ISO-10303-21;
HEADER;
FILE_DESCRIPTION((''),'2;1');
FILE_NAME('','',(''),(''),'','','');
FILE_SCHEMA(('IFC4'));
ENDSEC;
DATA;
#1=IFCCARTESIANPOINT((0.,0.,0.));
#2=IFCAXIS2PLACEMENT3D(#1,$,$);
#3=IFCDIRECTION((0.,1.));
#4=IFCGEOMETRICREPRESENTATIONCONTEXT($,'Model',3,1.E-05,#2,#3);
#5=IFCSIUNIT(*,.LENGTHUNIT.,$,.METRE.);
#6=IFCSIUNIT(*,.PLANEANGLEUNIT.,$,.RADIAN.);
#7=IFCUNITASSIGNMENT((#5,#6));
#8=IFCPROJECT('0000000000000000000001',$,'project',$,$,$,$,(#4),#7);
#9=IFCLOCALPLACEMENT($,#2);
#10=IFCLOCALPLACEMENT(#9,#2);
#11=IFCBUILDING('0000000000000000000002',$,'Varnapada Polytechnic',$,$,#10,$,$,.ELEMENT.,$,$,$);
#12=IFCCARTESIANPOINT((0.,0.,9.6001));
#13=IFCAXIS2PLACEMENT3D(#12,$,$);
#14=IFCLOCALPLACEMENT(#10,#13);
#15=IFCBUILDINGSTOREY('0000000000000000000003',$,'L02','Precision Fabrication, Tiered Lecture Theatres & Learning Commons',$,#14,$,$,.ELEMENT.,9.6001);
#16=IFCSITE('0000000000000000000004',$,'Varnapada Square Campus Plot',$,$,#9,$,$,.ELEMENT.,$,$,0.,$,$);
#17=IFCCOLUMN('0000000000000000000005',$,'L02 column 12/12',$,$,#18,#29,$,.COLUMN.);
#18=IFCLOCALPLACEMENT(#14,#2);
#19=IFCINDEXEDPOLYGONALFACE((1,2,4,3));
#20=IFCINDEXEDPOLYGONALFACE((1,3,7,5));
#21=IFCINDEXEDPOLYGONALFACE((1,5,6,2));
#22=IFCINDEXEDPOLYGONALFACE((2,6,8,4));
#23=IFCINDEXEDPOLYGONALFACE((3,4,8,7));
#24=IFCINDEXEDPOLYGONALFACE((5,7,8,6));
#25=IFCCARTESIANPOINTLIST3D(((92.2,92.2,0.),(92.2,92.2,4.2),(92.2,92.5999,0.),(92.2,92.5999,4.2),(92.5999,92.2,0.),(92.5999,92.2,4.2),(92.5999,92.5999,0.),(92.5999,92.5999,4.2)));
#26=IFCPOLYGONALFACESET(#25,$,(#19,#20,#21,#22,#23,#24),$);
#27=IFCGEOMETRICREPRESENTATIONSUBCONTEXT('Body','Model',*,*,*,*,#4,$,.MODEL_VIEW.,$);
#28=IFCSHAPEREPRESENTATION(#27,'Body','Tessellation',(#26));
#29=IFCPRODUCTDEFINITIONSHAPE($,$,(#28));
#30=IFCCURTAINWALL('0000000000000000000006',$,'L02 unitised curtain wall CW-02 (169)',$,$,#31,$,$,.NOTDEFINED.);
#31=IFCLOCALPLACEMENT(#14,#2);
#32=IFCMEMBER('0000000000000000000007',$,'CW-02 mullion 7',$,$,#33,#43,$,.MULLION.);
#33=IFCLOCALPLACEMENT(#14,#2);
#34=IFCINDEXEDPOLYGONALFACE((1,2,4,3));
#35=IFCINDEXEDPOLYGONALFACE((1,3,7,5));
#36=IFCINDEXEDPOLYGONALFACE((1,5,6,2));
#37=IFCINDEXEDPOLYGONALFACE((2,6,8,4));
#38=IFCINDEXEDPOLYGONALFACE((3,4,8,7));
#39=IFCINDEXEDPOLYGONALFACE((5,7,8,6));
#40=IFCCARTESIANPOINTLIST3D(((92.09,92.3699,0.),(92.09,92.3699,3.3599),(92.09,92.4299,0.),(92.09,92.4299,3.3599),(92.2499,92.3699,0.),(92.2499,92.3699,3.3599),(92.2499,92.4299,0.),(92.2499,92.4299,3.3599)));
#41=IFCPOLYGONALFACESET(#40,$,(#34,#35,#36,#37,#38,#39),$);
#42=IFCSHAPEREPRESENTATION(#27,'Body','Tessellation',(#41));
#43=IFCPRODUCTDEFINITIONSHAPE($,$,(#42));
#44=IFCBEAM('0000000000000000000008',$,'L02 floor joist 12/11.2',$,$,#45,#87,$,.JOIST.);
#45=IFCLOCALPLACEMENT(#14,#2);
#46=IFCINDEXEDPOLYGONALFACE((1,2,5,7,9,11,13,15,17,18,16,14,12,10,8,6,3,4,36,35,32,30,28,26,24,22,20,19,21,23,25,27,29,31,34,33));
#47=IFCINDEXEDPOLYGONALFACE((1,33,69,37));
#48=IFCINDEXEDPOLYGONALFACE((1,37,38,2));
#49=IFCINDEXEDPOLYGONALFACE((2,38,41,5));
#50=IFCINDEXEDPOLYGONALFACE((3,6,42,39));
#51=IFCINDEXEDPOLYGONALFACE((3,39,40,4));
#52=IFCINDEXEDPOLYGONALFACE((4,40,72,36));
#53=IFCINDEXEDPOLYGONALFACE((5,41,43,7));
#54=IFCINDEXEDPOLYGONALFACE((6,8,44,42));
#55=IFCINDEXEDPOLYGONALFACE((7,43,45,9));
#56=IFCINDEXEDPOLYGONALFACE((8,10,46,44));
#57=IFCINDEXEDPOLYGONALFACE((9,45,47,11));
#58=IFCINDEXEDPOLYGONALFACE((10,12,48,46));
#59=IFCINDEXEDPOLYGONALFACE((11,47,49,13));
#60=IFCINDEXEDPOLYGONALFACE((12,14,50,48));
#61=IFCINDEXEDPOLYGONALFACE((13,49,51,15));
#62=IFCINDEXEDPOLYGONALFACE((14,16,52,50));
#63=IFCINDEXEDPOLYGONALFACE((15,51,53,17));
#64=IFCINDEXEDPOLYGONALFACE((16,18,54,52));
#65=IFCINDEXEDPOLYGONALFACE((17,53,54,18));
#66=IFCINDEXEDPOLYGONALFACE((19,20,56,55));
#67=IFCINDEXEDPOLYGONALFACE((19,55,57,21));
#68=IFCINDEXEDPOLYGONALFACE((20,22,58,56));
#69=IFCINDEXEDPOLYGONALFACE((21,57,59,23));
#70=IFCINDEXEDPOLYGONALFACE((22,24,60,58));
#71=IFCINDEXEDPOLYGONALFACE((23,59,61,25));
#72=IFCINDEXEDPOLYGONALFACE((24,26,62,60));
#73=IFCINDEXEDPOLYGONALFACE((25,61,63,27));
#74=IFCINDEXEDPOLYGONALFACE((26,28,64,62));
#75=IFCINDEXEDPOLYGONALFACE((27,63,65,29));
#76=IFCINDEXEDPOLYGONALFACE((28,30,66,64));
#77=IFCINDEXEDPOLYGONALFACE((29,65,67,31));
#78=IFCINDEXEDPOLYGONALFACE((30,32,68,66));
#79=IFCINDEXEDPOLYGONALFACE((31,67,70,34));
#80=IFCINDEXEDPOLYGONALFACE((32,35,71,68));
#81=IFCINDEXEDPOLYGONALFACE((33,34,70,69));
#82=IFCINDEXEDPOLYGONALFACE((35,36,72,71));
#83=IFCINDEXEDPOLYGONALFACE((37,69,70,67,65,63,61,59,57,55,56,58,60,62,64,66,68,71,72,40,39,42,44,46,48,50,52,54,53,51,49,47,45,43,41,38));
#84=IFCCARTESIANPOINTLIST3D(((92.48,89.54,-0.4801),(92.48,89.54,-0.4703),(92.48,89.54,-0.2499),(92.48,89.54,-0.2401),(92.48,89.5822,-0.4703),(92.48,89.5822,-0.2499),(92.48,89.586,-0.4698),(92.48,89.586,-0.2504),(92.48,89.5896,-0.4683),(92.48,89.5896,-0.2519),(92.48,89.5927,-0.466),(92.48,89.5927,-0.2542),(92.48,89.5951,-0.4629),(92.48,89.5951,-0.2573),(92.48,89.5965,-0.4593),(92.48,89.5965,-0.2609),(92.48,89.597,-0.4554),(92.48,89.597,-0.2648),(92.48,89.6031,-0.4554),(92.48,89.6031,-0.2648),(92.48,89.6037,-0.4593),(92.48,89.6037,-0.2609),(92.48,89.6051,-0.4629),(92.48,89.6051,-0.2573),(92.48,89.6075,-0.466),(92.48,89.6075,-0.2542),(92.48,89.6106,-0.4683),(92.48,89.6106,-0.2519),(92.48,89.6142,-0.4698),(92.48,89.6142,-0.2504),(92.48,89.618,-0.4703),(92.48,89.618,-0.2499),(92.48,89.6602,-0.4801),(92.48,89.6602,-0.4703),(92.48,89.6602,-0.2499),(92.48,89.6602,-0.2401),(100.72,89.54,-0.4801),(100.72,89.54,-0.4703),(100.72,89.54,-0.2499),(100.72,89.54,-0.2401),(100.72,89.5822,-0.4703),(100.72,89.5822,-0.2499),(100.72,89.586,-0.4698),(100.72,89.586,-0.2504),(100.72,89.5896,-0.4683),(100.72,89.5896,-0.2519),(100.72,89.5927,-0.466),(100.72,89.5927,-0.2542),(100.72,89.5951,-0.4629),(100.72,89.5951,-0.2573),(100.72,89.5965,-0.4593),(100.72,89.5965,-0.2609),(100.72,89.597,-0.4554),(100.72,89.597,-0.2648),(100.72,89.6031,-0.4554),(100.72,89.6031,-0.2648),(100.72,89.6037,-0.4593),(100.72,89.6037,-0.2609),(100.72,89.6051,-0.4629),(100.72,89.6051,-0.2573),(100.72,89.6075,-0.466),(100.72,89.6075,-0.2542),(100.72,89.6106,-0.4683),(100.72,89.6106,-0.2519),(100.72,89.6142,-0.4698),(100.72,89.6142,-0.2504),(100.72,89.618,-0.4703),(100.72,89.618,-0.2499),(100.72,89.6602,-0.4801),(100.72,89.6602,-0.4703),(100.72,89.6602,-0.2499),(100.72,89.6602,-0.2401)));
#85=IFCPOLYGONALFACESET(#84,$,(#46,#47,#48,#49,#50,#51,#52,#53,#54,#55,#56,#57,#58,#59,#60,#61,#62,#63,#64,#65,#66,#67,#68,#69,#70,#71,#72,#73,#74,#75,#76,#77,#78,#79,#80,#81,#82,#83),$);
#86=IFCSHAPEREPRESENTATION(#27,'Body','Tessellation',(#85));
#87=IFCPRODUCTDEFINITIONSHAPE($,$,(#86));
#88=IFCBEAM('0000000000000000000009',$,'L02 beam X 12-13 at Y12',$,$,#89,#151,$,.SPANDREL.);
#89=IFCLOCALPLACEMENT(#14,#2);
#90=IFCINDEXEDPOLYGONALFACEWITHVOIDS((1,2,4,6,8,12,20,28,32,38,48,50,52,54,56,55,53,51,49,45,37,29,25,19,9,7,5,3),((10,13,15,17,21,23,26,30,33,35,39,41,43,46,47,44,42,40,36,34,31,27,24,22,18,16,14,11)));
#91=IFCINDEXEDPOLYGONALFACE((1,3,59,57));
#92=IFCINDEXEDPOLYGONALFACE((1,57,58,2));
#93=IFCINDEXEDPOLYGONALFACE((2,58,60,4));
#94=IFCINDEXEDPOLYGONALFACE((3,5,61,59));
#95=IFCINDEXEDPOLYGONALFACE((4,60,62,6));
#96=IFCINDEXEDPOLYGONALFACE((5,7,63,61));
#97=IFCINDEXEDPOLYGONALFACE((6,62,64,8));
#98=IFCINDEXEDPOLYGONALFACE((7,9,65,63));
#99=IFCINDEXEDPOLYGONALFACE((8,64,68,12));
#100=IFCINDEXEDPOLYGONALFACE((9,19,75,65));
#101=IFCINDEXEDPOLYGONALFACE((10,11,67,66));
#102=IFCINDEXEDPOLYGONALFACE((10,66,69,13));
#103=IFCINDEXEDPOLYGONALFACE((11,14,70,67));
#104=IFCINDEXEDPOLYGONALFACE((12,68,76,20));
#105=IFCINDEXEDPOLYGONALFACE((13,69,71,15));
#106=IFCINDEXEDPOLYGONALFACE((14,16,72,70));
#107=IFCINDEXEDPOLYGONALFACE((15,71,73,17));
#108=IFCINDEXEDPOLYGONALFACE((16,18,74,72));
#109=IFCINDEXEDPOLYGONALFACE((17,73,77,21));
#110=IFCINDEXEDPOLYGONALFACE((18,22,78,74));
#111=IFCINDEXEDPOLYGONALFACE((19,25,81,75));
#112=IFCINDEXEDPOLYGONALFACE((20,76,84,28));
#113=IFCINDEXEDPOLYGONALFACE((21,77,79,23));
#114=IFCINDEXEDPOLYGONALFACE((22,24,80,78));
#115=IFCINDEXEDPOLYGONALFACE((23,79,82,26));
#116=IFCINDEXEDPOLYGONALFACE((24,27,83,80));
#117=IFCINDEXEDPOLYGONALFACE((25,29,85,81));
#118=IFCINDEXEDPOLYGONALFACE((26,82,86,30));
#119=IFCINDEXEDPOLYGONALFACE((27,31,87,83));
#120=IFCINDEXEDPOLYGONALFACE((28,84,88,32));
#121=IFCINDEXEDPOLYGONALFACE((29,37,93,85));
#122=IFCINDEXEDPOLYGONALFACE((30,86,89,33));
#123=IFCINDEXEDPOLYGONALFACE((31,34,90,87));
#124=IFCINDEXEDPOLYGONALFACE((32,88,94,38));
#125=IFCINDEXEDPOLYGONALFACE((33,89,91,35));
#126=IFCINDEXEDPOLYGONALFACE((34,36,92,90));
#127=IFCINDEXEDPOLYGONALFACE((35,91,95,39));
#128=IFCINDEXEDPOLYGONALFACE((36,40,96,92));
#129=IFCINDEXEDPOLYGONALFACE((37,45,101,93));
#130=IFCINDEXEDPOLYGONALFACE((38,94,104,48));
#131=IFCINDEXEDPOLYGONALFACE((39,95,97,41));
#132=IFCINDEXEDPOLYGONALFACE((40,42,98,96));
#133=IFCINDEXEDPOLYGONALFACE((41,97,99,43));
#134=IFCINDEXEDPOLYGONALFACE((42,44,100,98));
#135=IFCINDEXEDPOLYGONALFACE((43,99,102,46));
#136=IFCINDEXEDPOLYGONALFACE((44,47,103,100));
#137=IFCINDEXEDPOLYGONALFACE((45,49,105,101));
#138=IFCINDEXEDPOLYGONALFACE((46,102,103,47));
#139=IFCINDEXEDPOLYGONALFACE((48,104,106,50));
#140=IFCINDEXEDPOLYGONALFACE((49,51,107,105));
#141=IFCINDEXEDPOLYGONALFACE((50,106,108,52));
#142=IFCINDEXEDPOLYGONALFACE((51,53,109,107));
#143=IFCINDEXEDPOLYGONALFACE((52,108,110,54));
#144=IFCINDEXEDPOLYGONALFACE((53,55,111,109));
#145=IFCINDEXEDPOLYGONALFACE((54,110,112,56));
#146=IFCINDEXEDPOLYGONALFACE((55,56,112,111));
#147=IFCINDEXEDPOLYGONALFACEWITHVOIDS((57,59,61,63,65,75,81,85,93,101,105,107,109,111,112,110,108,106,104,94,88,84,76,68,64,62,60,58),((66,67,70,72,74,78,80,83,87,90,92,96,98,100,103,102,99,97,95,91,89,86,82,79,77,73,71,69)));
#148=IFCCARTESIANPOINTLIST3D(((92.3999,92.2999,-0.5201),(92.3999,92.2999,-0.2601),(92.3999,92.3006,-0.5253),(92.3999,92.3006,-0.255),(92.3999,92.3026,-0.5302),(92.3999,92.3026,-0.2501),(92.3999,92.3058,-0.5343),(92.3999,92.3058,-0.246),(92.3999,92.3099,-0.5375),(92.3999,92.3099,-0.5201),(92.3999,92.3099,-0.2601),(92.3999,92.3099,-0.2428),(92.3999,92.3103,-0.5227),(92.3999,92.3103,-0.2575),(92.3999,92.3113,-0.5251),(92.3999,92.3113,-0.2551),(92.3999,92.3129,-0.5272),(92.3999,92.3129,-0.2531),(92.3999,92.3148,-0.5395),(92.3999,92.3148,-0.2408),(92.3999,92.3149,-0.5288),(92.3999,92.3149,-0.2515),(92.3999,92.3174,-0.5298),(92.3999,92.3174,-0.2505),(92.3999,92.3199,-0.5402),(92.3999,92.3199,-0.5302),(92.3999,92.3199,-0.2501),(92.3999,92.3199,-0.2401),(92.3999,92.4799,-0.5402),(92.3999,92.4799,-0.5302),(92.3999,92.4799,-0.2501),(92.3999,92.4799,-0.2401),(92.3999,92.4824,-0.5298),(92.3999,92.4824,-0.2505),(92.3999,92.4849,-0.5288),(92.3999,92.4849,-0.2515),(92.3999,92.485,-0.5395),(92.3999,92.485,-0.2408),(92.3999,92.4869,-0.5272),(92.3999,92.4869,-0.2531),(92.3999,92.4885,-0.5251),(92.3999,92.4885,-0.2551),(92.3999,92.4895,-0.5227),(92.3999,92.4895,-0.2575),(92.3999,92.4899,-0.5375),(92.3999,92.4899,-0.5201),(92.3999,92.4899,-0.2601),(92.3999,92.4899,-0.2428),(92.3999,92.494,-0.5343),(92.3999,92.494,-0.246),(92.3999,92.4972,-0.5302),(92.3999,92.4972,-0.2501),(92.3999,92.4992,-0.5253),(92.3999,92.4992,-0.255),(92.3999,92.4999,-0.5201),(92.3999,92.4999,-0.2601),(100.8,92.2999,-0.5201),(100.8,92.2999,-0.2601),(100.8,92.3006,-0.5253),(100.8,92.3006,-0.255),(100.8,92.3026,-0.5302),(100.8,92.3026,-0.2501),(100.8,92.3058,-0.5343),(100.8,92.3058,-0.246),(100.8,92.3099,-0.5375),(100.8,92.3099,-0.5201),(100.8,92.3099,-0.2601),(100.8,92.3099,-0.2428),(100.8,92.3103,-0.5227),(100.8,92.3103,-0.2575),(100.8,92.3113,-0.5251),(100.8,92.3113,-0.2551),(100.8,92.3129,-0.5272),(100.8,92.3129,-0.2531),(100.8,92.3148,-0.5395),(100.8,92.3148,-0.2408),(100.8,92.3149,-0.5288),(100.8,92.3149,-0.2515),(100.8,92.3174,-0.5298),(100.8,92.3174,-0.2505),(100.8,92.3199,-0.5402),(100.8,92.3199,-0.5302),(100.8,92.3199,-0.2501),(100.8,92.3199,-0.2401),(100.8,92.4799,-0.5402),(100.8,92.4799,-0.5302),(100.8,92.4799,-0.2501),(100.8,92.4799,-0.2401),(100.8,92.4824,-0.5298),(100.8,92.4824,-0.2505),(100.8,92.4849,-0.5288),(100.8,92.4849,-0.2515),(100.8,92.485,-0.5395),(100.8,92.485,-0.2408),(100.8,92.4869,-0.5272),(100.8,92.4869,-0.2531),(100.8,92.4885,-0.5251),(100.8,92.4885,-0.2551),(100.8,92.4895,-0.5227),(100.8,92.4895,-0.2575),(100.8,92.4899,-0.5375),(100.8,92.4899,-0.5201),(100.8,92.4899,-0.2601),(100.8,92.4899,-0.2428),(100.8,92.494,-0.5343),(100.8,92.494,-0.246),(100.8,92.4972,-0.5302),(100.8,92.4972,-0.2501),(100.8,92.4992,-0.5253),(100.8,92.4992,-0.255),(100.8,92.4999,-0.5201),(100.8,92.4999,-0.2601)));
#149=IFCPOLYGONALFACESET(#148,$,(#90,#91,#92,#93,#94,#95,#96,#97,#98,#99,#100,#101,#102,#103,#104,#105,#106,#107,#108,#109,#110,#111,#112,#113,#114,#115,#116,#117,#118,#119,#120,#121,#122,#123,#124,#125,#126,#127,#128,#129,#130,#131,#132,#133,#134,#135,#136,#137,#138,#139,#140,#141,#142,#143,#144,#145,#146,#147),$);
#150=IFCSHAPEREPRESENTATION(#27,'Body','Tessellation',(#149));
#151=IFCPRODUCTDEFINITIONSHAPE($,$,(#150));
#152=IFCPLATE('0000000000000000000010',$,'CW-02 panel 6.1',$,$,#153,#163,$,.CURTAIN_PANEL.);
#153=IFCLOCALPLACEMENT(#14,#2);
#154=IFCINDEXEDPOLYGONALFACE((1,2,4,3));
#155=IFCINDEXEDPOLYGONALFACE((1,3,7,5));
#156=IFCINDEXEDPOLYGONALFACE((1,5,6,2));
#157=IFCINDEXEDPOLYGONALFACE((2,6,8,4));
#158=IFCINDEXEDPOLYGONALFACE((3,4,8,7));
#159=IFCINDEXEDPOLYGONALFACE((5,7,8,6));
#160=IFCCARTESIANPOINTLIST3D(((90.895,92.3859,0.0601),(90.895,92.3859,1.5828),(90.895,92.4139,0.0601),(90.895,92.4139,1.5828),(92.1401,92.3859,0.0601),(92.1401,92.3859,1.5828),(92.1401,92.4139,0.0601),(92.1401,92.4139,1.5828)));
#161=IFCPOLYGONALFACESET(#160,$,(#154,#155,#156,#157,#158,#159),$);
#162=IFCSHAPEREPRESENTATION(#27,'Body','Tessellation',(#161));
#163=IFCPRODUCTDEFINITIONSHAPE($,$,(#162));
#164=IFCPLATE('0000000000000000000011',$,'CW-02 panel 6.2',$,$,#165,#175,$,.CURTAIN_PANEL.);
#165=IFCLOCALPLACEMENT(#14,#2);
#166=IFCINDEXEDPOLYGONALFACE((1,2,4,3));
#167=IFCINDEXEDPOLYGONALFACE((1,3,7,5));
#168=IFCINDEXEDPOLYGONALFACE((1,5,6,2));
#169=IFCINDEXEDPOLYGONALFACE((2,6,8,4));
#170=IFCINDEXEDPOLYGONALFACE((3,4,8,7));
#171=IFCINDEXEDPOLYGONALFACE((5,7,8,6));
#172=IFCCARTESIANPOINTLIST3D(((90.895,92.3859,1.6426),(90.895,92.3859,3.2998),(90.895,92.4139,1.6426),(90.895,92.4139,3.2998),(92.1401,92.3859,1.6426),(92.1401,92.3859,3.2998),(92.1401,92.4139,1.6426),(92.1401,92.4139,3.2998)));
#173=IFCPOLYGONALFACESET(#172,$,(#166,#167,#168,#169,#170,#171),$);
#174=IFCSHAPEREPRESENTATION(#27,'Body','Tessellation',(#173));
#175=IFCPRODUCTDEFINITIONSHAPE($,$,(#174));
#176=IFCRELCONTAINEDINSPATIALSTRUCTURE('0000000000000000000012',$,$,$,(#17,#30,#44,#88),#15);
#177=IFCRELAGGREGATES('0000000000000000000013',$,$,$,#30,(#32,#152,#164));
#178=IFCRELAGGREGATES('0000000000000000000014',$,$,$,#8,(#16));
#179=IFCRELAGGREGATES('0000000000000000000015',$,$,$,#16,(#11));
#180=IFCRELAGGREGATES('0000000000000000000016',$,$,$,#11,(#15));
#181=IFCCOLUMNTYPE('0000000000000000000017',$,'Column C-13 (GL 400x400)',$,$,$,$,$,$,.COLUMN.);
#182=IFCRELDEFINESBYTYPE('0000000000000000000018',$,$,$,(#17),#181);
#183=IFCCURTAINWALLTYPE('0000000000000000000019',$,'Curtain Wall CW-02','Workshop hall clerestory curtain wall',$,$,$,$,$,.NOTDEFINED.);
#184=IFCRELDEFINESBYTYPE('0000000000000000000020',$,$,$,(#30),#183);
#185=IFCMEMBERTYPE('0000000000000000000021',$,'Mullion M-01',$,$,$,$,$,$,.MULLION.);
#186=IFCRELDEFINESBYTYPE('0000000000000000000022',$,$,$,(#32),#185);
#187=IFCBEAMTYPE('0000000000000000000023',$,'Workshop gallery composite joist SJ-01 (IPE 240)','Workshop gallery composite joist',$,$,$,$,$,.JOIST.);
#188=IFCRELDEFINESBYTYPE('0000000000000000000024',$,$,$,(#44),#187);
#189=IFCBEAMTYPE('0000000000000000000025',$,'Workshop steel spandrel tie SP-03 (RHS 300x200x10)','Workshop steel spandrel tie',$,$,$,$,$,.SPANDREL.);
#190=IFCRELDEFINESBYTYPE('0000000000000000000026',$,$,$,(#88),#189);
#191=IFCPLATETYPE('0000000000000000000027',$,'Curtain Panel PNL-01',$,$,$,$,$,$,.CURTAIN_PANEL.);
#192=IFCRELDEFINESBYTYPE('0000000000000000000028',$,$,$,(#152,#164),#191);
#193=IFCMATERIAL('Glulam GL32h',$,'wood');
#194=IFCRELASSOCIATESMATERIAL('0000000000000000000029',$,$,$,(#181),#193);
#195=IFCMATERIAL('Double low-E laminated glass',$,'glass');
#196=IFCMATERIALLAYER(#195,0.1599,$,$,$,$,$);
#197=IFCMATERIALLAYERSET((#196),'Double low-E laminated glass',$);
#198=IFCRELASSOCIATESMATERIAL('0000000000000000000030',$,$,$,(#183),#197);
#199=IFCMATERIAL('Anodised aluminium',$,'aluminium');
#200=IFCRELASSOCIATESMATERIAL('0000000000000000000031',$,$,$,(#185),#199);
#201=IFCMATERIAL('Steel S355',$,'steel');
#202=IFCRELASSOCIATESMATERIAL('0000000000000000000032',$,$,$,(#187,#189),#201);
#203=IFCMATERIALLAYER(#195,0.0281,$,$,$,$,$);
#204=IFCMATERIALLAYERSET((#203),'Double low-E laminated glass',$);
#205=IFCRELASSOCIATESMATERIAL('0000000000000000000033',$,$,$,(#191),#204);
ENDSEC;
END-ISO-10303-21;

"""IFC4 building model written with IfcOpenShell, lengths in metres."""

from ifc_helpers import new_model, si_unit, direction, frame, origin, origin_2d, place, context, subcontext, project, spatial, rectangle, hollow_rectangle, i_section, extrude, material, layer, layer_set, material_profile, profile_set, type_object, element, aggregate, save


model = new_model("IFC4")

# Units and contexts
model_context = context("Model", 3, precision=1e-05, world=origin(), true_north=direction((0.0, 1.0)))
body_context = subcontext(model_context, "Body", "Model", "MODEL_VIEW")
ifc_project = project(units=[si_unit("LENGTHUNIT", "METRE"), si_unit("PLANEANGLEUNIT", "RADIAN")], contexts=[model_context])

# Site, building, storey
site_placement = place(None, origin())
site = spatial("IfcSite", under=ifc_project, at=site_placement, Name="Varnapada Square Campus Plot", CompositionType="ELEMENT", RefElevation=0.0)
building_placement = place(site_placement, origin())
building = spatial("IfcBuilding", under=site, at=building_placement, Name="Varnapada Polytechnic", CompositionType="ELEMENT")
storey_placement = place(building_placement, frame((0.0, 0.0, 9.6001)))
storey = spatial("IfcBuildingStorey", under=building, at=storey_placement, Name="L02", Description="Precision Fabrication, Tiered Lecture Theatres & Learning Commons", CompositionType="ELEMENT", Elevation=9.6001)

# Column
ifc_material_1 = material(Name="Glulam GL32h", Category="wood")
ifc_material_profile_1 = material_profile(ifc_material_1, rectangle(XDim=0.3999, YDim=0.3999, at=origin_2d()), Name="GL 400x400")
ifc_profile_set_1 = profile_set([ifc_material_profile_1], Name="Glulam GL32h")
column_type = type_object("IfcColumnType", Name="Column C-13 (GL 400x400)", PredefinedType="COLUMN", material=ifc_profile_set_1)
column_placement = place(storey_placement, frame((92.3999, 92.3999, 0.0), z_axis=(0.0, 0.0, 1.0), x_axis=(1.0, 0.0, 0.0)))
element("IfcColumn", 1, at=column_placement, inside=storey, type_object=column_type, Name="L02 column 12/12", PredefinedType="COLUMN", context=body_context, shape_type="SweptSolid", body=[
    extrude(rectangle(XDim=0.3999, YDim=0.3999, at=origin_2d()), origin(), (0.0, 0.0, 1.0), 4.2),
])

# Curtain wall, member
ifc_material_2 = material(Name="Double low-E laminated glass", Category="glass")
ifc_layer_1 = layer(ifc_material_2, 0.1599)
ifc_layer_set_1 = layer_set([ifc_layer_1], Name="Double low-E laminated glass")
curtain_wall_type = type_object("IfcCurtainWallType", Name="Curtain Wall CW-02", Description="Workshop hall clerestory curtain wall", PredefinedType="NOTDEFINED", material=ifc_layer_set_1)
curtain_wall_placement = place(storey_placement, origin())
curtain_wall = element("IfcCurtainWall", 2, at=curtain_wall_placement, inside=storey, type_object=curtain_wall_type, Name="L02 unitised curtain wall CW-02 (169)", PredefinedType="NOTDEFINED")
ifc_material_3 = material(Name="Anodised aluminium", Category="aluminium")
ifc_material_profile_2 = material_profile(ifc_material_3, rectangle(XDim=0.0601, YDim=0.1599, at=origin_2d()), Name="ALU M60x160")
ifc_profile_set_2 = profile_set([ifc_material_profile_2], Name="Anodised aluminium")
member_type = type_object("IfcMemberType", Name="Mullion M-01", PredefinedType="MULLION", material=ifc_profile_set_2)
member_placement = place(storey_placement, frame((92.1699, 92.3999, 0.0), z_axis=(0.0, 0.0, 1.0), x_axis=(0.0, 1.0, 0.0)))
member = element("IfcMember", 3, at=member_placement, type_object=member_type, Name="CW-02 mullion 7", PredefinedType="MULLION", context=body_context, shape_type="SweptSolid", body=[
    extrude(rectangle(XDim=0.0601, YDim=0.1599, at=origin_2d()), origin(), (0.0, 0.0, 1.0), 3.3599),
])

# Beams
ifc_material_4 = material(Name="Steel S355", Category="steel")
ifc_material_profile_3 = material_profile(ifc_material_4, i_section(OverallWidth=0.1201, OverallDepth=0.24, WebThickness=0.0061, FlangeThickness=0.0098, FilletRadius=0.0149, at=origin_2d()), Name="IPE 240")
ifc_profile_set_3 = profile_set([ifc_material_profile_3], Name="Steel S355")
beam_type_1 = type_object("IfcBeamType", Name="Workshop gallery composite joist SJ-01 (IPE 240)", Description="Workshop gallery composite joist", PredefinedType="JOIST", material=ifc_profile_set_3)
beam_1_placement = place(storey_placement, frame((92.48, 89.6001, -0.3601), z_axis=(1.0, 0.0, 0.0), x_axis=(0.0, 1.0, 0.0)))
element("IfcBeam", 4, at=beam_1_placement, inside=storey, type_object=beam_type_1, Name="L02 floor joist 12/11.2", PredefinedType="JOIST", context=body_context, shape_type="SweptSolid", body=[
    extrude(i_section(OverallWidth=0.1201, OverallDepth=0.24, WebThickness=0.0061, FlangeThickness=0.0098, FilletRadius=0.0149, at=origin_2d()), origin(), (0.0, 0.0, 1.0), 8.24),
])
ifc_material_profile_4 = material_profile(ifc_material_4, hollow_rectangle(XDim=0.2, YDim=0.3, WallThickness=0.01, InnerFilletRadius=0.01, OuterFilletRadius=0.02, at=origin_2d()), Name="RHS 300x200x10")
ifc_profile_set_4 = profile_set([ifc_material_profile_4], Name="Steel S355")
beam_type_2 = type_object("IfcBeamType", Name="Workshop steel spandrel tie SP-03 (RHS 300x200x10)", Description="Workshop steel spandrel tie", PredefinedType="SPANDREL", material=ifc_profile_set_4)
beam_2_placement = place(storey_placement, frame((92.3999, 92.3999, -0.3901), z_axis=(1.0, 0.0, 0.0), x_axis=(0.0, 1.0, 0.0)))
element("IfcBeam", 5, at=beam_2_placement, inside=storey, type_object=beam_type_2, Name="L02 beam X 12-13 at Y12", PredefinedType="SPANDREL", context=body_context, shape_type="SweptSolid", body=[
    extrude(hollow_rectangle(XDim=0.2, YDim=0.3, WallThickness=0.01, InnerFilletRadius=0.01, OuterFilletRadius=0.02, at=origin_2d()), origin(), (0.0, 0.0, 1.0), 8.4001),
])

# Plates
ifc_layer_2 = layer(ifc_material_2, 0.0281)
ifc_layer_set_2 = layer_set([ifc_layer_2], Name="Double low-E laminated glass")
plate_type = type_object("IfcPlateType", Name="Curtain Panel PNL-01", PredefinedType="CURTAIN_PANEL", material=ifc_layer_set_2)
plate_1_placement = place(storey_placement, frame((91.5176, 92.3999, 0.0601), z_axis=(0.0, 0.0, 1.0), x_axis=(1.0, 0.0, 0.0)))
plate_1 = element("IfcPlate", 6, at=plate_1_placement, type_object=plate_type, Name="CW-02 panel 6.1", PredefinedType="CURTAIN_PANEL", context=body_context, shape_type="SweptSolid", body=[
    extrude(rectangle(XDim=1.2451, YDim=0.0281, at=origin_2d()), origin(), (0.0, 0.0, 1.0), 1.5227),
])
plate_2_placement = place(storey_placement, frame((91.5176, 92.3999, 1.6426), z_axis=(0.0, 0.0, 1.0), x_axis=(1.0, 0.0, 0.0)))
plate_2 = element("IfcPlate", 7, at=plate_2_placement, type_object=plate_type, Name="CW-02 panel 6.2", PredefinedType="CURTAIN_PANEL", context=body_context, shape_type="SweptSolid", body=[
    extrude(rectangle(XDim=1.2451, YDim=0.0281, at=origin_2d()), origin(), (0.0, 0.0, 1.0), 1.6572),
])
aggregate(curtain_wall, [member, plate_1, plate_2])

save(model, "model.ifc")
